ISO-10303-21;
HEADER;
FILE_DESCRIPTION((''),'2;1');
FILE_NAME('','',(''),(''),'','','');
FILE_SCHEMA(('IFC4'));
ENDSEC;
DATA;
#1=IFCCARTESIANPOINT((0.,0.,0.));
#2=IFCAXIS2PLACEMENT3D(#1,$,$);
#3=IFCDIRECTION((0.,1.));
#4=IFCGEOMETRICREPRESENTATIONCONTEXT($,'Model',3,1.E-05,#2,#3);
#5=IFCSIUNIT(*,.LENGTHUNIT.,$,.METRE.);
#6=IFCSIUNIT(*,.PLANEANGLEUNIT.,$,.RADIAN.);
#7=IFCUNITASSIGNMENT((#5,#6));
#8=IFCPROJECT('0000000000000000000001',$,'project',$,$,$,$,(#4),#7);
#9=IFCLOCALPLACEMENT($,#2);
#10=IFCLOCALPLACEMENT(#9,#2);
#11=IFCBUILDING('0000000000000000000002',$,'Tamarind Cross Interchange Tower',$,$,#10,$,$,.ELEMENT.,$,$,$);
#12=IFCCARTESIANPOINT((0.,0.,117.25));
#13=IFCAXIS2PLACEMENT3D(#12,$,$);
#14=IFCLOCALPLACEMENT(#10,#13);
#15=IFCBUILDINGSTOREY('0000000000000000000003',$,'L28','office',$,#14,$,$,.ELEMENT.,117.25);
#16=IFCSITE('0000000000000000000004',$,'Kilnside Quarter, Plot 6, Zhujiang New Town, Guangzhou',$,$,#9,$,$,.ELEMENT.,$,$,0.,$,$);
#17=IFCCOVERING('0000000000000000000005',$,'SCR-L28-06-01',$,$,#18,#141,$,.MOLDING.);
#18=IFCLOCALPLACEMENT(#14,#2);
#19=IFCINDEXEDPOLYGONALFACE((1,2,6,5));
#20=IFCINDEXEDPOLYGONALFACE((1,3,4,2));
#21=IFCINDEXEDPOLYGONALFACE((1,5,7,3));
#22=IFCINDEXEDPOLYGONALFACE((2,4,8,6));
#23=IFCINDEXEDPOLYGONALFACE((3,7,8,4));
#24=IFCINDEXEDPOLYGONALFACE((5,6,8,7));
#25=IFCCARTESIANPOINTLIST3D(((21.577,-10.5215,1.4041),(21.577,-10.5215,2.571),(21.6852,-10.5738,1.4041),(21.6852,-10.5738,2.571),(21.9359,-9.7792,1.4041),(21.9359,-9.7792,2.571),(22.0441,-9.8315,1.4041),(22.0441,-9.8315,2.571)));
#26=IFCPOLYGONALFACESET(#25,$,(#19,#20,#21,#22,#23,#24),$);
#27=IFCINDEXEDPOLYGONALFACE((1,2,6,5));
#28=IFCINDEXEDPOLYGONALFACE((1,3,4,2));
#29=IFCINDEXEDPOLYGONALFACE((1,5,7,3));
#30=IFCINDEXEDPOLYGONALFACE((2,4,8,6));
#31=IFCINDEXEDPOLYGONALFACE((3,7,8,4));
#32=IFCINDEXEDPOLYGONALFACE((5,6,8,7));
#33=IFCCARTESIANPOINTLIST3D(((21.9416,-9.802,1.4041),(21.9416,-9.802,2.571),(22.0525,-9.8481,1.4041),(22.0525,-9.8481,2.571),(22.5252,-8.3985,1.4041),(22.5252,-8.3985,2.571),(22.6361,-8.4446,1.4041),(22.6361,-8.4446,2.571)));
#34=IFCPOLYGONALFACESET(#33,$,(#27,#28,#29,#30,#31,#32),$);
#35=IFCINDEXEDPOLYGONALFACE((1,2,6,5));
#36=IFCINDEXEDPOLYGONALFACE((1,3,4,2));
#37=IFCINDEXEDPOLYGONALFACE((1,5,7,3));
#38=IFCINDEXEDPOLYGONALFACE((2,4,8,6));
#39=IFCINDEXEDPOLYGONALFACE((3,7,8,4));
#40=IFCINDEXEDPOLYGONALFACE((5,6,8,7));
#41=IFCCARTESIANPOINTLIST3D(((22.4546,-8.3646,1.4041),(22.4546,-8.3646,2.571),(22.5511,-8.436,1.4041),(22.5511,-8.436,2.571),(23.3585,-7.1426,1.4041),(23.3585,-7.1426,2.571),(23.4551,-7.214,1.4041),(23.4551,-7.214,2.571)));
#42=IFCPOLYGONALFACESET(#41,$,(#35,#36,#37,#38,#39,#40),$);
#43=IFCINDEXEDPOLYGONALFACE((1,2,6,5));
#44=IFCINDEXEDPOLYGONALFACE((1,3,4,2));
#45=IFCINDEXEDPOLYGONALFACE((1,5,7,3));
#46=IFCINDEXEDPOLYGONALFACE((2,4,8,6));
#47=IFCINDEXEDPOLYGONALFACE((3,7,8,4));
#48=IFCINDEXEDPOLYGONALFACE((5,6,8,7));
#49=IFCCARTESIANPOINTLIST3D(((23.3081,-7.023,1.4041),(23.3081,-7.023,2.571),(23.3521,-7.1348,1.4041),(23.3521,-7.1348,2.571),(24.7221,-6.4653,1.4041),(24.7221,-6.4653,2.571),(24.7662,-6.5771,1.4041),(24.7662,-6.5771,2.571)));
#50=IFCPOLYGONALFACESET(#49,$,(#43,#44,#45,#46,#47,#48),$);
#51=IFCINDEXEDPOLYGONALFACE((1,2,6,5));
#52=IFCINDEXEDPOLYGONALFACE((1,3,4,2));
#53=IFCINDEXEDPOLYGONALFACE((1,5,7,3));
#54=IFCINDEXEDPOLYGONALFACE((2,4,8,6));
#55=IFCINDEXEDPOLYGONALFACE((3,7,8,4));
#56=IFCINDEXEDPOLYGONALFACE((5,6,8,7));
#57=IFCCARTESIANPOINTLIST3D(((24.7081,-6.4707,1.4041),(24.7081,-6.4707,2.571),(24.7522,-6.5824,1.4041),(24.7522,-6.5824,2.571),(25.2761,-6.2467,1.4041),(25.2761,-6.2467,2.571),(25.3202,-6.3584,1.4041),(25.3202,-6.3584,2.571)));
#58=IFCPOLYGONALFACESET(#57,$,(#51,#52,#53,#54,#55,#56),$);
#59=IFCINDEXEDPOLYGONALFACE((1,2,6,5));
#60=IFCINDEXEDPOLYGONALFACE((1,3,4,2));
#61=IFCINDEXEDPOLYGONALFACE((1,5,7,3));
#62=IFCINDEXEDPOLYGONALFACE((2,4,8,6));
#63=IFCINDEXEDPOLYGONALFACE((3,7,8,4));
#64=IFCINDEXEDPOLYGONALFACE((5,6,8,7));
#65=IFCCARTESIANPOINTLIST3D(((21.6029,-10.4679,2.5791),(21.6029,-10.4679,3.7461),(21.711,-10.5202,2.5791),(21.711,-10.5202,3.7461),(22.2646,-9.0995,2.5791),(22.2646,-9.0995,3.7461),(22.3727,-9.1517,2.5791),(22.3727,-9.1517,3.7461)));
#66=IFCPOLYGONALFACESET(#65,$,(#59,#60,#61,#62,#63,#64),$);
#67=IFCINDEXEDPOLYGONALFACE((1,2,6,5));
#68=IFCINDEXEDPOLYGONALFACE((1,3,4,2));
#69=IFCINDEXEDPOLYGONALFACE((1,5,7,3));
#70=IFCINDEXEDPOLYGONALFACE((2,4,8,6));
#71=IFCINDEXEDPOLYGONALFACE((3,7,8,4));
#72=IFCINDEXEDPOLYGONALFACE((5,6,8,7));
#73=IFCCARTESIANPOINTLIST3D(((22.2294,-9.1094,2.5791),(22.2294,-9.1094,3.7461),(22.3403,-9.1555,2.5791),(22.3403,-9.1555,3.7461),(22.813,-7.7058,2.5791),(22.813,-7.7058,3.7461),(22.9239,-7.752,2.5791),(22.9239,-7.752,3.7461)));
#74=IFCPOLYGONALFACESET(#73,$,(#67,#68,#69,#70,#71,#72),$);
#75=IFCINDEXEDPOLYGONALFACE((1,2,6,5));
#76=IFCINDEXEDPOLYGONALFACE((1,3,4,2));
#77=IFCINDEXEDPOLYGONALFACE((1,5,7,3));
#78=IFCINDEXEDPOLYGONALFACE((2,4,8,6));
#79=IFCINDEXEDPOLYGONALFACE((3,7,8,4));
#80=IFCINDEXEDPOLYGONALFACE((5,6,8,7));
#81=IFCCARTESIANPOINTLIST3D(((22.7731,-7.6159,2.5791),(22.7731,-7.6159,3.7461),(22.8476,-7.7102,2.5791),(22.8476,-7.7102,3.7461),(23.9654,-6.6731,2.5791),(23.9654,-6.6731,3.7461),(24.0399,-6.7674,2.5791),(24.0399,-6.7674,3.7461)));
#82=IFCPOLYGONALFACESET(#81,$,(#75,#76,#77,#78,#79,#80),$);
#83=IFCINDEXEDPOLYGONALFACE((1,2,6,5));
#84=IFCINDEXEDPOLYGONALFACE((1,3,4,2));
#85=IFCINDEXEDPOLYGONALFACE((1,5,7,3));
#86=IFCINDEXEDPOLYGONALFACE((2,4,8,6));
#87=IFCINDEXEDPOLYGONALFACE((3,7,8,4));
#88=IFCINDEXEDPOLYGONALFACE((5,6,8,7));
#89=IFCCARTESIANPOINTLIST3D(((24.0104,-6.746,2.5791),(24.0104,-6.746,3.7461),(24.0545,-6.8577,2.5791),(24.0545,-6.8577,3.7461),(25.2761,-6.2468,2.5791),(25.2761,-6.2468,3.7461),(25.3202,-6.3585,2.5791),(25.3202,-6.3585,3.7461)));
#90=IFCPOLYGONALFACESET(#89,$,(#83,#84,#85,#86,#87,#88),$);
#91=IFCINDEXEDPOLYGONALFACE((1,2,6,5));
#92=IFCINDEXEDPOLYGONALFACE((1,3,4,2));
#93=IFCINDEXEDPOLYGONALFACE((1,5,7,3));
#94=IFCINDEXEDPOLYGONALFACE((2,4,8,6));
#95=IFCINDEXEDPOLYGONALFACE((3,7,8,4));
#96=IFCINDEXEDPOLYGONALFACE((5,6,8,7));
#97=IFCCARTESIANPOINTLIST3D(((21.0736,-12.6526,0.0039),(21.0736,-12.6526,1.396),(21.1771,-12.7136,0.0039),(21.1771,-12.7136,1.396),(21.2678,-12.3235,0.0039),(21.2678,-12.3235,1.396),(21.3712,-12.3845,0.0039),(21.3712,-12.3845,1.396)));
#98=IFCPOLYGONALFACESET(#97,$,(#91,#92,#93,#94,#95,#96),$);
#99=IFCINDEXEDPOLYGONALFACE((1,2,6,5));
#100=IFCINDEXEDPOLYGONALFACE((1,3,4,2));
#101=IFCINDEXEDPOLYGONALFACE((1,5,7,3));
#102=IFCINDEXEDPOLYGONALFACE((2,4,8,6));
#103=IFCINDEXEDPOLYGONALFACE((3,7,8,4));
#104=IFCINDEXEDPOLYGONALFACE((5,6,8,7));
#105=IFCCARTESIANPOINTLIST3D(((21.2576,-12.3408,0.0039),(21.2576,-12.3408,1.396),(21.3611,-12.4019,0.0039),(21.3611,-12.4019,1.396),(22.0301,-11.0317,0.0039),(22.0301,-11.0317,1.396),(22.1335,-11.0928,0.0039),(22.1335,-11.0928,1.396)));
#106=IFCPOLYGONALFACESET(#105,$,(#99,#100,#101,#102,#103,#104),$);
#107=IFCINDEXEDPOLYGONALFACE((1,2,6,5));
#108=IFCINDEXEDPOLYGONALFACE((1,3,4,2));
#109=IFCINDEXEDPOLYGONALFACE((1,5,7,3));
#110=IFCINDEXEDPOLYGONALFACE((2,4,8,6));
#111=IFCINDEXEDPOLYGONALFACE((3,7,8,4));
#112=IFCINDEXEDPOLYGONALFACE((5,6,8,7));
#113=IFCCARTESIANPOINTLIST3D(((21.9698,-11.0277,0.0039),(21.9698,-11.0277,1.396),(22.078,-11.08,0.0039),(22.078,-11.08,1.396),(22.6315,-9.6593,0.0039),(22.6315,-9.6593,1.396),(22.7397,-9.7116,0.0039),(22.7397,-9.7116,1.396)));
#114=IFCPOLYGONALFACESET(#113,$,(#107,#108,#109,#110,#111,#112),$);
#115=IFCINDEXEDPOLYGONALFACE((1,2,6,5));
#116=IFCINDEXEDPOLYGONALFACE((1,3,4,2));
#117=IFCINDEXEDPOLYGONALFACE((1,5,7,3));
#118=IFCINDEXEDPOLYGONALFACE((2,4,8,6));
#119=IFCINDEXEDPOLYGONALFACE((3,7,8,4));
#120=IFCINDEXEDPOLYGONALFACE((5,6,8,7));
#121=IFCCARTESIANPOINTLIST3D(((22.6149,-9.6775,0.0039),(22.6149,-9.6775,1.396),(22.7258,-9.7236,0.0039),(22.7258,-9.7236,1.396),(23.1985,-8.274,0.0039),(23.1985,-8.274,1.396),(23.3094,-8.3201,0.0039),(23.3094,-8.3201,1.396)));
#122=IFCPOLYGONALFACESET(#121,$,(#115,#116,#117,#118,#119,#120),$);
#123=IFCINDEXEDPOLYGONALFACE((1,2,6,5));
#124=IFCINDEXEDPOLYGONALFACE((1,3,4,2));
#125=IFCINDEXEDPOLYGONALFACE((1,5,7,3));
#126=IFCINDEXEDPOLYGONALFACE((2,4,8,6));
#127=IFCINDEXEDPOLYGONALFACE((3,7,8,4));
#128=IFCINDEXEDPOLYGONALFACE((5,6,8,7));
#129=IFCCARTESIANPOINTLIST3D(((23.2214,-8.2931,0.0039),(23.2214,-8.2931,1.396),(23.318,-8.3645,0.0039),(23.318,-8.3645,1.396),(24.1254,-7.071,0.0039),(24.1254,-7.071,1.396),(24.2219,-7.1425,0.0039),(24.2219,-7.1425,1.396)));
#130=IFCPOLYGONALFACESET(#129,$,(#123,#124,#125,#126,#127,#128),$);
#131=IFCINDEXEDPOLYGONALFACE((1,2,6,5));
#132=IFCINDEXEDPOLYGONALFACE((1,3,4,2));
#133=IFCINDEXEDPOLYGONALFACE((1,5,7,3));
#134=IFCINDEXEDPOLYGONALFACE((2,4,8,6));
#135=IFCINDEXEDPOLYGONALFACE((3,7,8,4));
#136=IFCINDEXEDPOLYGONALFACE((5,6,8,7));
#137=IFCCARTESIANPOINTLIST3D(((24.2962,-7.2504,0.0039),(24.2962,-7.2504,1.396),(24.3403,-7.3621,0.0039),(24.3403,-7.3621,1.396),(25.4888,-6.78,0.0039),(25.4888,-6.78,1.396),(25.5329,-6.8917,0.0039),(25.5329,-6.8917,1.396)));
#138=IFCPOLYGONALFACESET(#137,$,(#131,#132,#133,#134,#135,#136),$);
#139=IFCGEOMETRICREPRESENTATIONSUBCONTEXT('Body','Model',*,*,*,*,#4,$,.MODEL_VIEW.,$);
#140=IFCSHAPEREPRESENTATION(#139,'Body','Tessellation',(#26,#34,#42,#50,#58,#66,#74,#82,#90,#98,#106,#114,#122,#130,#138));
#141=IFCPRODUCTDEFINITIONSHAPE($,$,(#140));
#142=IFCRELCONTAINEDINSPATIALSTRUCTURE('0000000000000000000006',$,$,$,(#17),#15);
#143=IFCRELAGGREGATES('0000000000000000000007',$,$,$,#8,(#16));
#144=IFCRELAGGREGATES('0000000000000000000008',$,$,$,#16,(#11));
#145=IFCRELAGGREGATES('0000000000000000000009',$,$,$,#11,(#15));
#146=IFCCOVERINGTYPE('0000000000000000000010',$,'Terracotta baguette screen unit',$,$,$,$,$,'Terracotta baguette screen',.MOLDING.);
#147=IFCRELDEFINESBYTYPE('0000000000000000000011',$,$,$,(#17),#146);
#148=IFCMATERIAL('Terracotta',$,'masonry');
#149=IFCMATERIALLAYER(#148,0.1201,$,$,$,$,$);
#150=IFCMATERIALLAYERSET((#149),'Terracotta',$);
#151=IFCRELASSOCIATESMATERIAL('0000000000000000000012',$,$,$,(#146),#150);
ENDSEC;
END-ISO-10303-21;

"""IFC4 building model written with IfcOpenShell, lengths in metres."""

from ifc_helpers import new_model, si_unit, direction, frame, origin, origin_2d, place, context, subcontext, project, spatial, rectangle, extrude, material, layer, layer_set, type_object, element, save


model = new_model("IFC4")

# Units and contexts
model_context = context("Model", 3, precision=1e-05, world=origin(), true_north=direction((0.0, 1.0)))
body_context = subcontext(model_context, "Body", "Model", "MODEL_VIEW")
ifc_project = project(units=[si_unit("LENGTHUNIT", "METRE"), si_unit("PLANEANGLEUNIT", "RADIAN")], contexts=[model_context])

# Site, building, storey
site_placement = place(None, origin())
site = spatial("IfcSite", under=ifc_project, at=site_placement, Name="Kilnside Quarter, Plot 6, Zhujiang New Town, Guangzhou", CompositionType="ELEMENT", RefElevation=0.0)
building_placement = place(site_placement, origin())
building = spatial("IfcBuilding", under=site, at=building_placement, Name="Tamarind Cross Interchange Tower", CompositionType="ELEMENT")
storey_placement = place(building_placement, frame((0.0, 0.0, 117.25)))
storey = spatial("IfcBuildingStorey", under=building, at=storey_placement, Name="L28", Description="office", CompositionType="ELEMENT", Elevation=117.25)

# Covering
ifc_material_1 = material(Name="Terracotta", Category="masonry")
ifc_layer_1 = layer(ifc_material_1, 0.1201)
ifc_layer_set_1 = layer_set([ifc_layer_1], Name="Terracotta")
covering_type = type_object("IfcCoveringType", Name="Terracotta baguette screen unit", ElementType="Terracotta baguette screen", PredefinedType="MOLDING", material=ifc_layer_set_1)
covering_1_placement = place(storey_placement, origin())
element("IfcCovering", 1, at=covering_1_placement, inside=storey, type_object=covering_type, Name="SCR-L28-06-01", PredefinedType="MOLDING", context=body_context, shape_type="SweptSolid", body=[
    extrude(rectangle(XDim=0.8245, YDim=0.1201, at=origin_2d()), frame((21.8105, -10.1765, 1.4041), z_axis=(0.0, 0.0, 1.0), x_axis=(0.435326, 0.900273, 0.0)), (0.0, 0.0, 1.0), 1.167),
    extrude(rectangle(XDim=1.52, YDim=0.1201, at=origin_2d()), frame((22.2888, -9.1233, 1.4041), z_axis=(0.0, 0.0, 1.0), x_axis=(0.38393, 0.923362, 0.0)), (0.0, 0.0, 1.0), 1.167),
    extrude(rectangle(XDim=1.52, YDim=0.1201, at=origin_2d()), frame((22.9548, -7.7893, 1.4041), z_axis=(0.0, 0.0, 1.0), x_axis=(0.594689, 0.803956, 0.0)), (0.0, 0.0, 1.0), 1.167),
    extrude(rectangle(XDim=1.52, YDim=0.1201, at=origin_2d()), frame((24.0371, -6.8, 1.4041), z_axis=(0.0, 0.0, 1.0), x_axis=(0.93026, 0.3669, 0.0)), (0.0, 0.0, 1.0), 1.167),
    extrude(rectangle(XDim=0.6106, YDim=0.1201, at=origin_2d()), frame((25.0142, -6.4146, 1.4041), z_axis=(0.0, 0.0, 1.0), x_axis=(0.93026, 0.3669, 0.0)), (0.0, 0.0, 1.0), 1.167),
    extrude(rectangle(XDim=1.52, YDim=0.1201, at=origin_2d()), frame((21.9878, -9.8098, 2.5791), z_axis=(0.0, 0.0, 1.0), x_axis=(0.435326, 0.900273, 0.0)), (0.0, 0.0, 1.0), 1.167),
    extrude(rectangle(XDim=1.52, YDim=0.1201, at=origin_2d()), frame((22.5767, -8.4307, 2.5791), z_axis=(0.0, 0.0, 1.0), x_axis=(0.38393, 0.923362, 0.0)), (0.0, 0.0, 1.0), 1.167),
    extrude(rectangle(XDim=1.52, YDim=0.1201, at=origin_2d()), frame((23.4065, -7.1917, 2.5791), z_axis=(0.0, 0.0, 1.0), x_axis=(0.784399, 0.620257, 0.0)), (0.0, 0.0, 1.0), 1.167),
    extrude(rectangle(XDim=1.3606, YDim=0.1201, at=origin_2d()), frame((24.6653, -6.5522, 2.5791), z_axis=(0.0, 0.0, 1.0), x_axis=(0.93026, 0.3669, 0.0)), (0.0, 0.0, 1.0), 1.167),
    extrude(rectangle(XDim=0.3821, YDim=0.1201, at=origin_2d()), frame((21.2224, -12.5186, 0.0039), z_axis=(0.0, 0.0, 1.0), x_axis=(0.508183, 0.861249, 0.0)), (0.0, 0.0, 1.0), 1.3921),
    extrude(rectangle(XDim=1.52, YDim=0.1201, at=origin_2d()), frame((21.6956, -11.7168, 0.0039), z_axis=(0.0, 0.0, 1.0), x_axis=(0.508183, 0.861249, 0.0)), (0.0, 0.0, 1.0), 1.3921),
    extrude(rectangle(XDim=1.52, YDim=0.1201, at=origin_2d()), frame((22.3547, -10.3696, 0.0039), z_axis=(0.0, 0.0, 1.0), x_axis=(0.435326, 0.900273, 0.0)), (0.0, 0.0, 1.0), 1.3921),
    extrude(rectangle(XDim=1.52, YDim=0.1201, at=origin_2d()), frame((22.9622, -8.9988, 0.0039), z_axis=(0.0, 0.0, 1.0), x_axis=(0.38393, 0.923362, 0.0)), (0.0, 0.0, 1.0), 1.3921),
    extrude(rectangle(XDim=1.52, YDim=0.1201, at=origin_2d()), frame((23.7217, -7.7178, 0.0039), z_axis=(0.0, 0.0, 1.0), x_axis=(0.594689, 0.803956, 0.0)), (0.0, 0.0, 1.0), 1.3921),
    extrude(rectangle(XDim=1.282, YDim=0.1201, at=origin_2d()), frame((24.9146, -7.071, 0.0039), z_axis=(0.0, 0.0, 1.0), x_axis=(0.93026, 0.3669, 0.0)), (0.0, 0.0, 1.0), 1.3921),
])

save(model, "model.ifc")
